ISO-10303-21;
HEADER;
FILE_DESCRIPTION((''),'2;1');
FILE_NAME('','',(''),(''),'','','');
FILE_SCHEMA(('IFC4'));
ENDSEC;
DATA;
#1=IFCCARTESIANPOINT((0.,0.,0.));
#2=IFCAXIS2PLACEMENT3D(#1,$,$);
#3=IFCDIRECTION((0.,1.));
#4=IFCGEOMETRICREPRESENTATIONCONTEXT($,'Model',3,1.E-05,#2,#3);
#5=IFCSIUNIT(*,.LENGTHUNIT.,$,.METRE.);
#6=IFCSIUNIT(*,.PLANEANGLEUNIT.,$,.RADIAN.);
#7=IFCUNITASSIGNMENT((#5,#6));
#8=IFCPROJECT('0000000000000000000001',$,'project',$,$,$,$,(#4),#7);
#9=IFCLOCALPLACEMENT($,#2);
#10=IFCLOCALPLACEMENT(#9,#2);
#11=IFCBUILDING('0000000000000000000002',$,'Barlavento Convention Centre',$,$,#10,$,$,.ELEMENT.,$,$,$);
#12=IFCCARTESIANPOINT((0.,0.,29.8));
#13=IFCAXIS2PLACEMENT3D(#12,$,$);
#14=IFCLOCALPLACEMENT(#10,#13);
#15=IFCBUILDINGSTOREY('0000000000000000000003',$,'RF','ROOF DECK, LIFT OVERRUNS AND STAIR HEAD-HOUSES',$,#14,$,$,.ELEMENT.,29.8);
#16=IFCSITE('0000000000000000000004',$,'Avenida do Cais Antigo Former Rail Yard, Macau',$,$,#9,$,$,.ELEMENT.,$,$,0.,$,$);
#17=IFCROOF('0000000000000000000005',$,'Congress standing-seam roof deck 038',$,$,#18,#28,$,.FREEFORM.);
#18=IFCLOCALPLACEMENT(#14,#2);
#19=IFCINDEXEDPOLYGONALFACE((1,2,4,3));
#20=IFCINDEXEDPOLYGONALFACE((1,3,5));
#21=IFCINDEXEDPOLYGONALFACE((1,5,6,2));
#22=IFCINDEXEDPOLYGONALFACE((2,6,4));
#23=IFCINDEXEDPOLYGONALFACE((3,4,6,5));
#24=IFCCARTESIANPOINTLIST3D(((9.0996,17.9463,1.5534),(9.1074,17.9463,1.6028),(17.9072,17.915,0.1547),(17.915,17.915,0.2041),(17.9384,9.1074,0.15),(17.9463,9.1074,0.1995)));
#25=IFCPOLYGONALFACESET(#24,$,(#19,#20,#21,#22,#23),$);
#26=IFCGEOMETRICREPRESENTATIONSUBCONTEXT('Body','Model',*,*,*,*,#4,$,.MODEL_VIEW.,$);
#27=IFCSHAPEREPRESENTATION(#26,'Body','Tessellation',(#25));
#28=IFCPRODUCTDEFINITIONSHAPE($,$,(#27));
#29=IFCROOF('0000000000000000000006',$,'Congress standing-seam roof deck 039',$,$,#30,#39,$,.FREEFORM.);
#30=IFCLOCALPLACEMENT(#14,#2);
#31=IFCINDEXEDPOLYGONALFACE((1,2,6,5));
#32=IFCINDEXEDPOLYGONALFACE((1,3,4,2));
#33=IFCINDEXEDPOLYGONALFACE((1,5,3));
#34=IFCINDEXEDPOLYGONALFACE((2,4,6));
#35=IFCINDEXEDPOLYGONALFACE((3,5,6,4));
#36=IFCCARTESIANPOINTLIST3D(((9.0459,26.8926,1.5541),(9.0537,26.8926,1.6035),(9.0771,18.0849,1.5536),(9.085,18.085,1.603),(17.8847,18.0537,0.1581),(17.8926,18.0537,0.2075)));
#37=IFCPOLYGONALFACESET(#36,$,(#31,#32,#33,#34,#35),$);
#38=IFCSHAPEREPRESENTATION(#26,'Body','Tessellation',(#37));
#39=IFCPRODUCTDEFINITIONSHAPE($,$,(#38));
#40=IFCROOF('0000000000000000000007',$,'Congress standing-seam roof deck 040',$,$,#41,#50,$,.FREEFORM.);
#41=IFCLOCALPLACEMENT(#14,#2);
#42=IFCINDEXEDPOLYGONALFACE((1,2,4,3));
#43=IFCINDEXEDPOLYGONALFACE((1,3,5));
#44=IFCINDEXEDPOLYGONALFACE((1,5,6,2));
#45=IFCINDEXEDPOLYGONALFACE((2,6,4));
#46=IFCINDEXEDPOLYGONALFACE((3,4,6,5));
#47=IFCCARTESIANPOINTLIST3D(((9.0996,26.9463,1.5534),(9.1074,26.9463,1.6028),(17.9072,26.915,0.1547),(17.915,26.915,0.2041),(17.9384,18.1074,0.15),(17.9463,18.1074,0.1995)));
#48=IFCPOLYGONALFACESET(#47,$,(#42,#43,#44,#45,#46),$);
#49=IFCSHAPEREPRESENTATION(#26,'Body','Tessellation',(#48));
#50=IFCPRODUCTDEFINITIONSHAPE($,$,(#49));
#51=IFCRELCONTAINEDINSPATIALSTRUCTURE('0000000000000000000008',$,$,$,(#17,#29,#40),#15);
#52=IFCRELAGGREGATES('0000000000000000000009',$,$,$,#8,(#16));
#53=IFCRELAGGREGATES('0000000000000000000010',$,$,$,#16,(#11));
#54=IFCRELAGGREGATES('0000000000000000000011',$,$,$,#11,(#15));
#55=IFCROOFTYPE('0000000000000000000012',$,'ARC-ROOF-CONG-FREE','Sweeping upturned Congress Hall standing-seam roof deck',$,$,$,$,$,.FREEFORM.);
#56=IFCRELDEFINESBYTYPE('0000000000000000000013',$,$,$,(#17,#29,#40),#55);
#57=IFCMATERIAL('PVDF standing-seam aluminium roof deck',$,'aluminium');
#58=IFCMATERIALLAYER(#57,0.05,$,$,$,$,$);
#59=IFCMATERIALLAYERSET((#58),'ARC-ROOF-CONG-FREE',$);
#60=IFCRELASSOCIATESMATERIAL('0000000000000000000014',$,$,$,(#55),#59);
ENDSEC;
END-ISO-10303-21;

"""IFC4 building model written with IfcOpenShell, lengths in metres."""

from ifc_helpers import new_model, si_unit, direction, frame, origin, place, context, subcontext, project, spatial, polyline, outline, extrude, material, layer, layer_set, type_object, element, save


model = new_model("IFC4")

# Units and contexts
model_context = context("Model", 3, precision=1e-05, world=origin(), true_north=direction((0.0, 1.0)))
body_context = subcontext(model_context, "Body", "Model", "MODEL_VIEW")
ifc_project = project(units=[si_unit("LENGTHUNIT", "METRE"), si_unit("PLANEANGLEUNIT", "RADIAN")], contexts=[model_context])

# Site, building, storey
site_placement = place(None, origin())
site = spatial("IfcSite", under=ifc_project, at=site_placement, Name="Avenida do Cais Antigo Former Rail Yard, Macau", CompositionType="ELEMENT", RefElevation=0.0)
building_placement = place(site_placement, origin())
building = spatial("IfcBuilding", under=site, at=building_placement, Name="Barlavento Convention Centre", CompositionType="ELEMENT")
storey_placement = place(building_placement, frame((0.0, 0.0, 29.8)))
storey = spatial("IfcBuildingStorey", under=building, at=storey_placement, Name="RF", Description="ROOF DECK, LIFT OVERRUNS AND STAIR HEAD-HOUSES", CompositionType="ELEMENT", Elevation=29.8)

# Roofs
ifc_material_1 = material(Name="PVDF standing-seam aluminium roof deck", Category="aluminium")
ifc_layer_1 = layer(ifc_material_1, 0.05)
ifc_layer_set_1 = layer_set([ifc_layer_1], Name="ARC-ROOF-CONG-FREE")
roof_type = type_object("IfcRoofType", Name="ARC-ROOF-CONG-FREE", Description="Sweeping upturned Congress Hall standing-seam roof deck", PredefinedType="FREEFORM", material=ifc_layer_set_1)
roof_1_placement = place(storey_placement, frame((17.9463, 9.1074, 0.1995), z_axis=(0.156838, 0.000036, 0.987624), x_axis=(-0.003548, 0.999994, 0.000527)))
element("IfcRoof", 1, at=roof_1_placement, inside=storey, type_object=roof_type, Name="Congress standing-seam roof deck 038", PredefinedType="FREEFORM", context=body_context, shape_type="SweptSolid", body=[
    extrude(outline(polyline([(0.0, 0.0), (8.8077, 0.0), (8.8709, 8.9178), (0.0, 0.0)])), origin(), (0.0, 0.0, -1.0), 0.05),
])
roof_2_placement = place(storey_placement, frame((9.085, 18.085, 1.603), z_axis=(0.156493, 0.0005, 0.987679), x_axis=(0.987673, -0.003504, -0.15649)))
element("IfcRoof", 2, at=roof_2_placement, inside=storey, type_object=roof_type, Name="Congress standing-seam roof deck 039", PredefinedType="FREEFORM", context=body_context, shape_type="SweptSolid", body=[
    extrude(outline(polyline([(0.0, 0.0), (8.9175, 0.0), (-0.0618, 8.8075), (0.0, 0.0)])), origin(), (0.0, 0.0, -1.0), 0.05),
])
roof_3_placement = place(storey_placement, frame((17.9463, 18.1074, 0.1995), z_axis=(0.156838, 0.000036, 0.987624), x_axis=(-0.003548, 0.999994, 0.000527)))
element("IfcRoof", 3, at=roof_3_placement, inside=storey, type_object=roof_type, Name="Congress standing-seam roof deck 040", PredefinedType="FREEFORM", context=body_context, shape_type="SweptSolid", body=[
    extrude(outline(polyline([(0.0, 0.0), (8.8077, 0.0), (8.8709, 8.9178), (0.0, 0.0)])), origin(), (0.0, 0.0, -1.0), 0.05),
])

save(model, "model.ifc")
